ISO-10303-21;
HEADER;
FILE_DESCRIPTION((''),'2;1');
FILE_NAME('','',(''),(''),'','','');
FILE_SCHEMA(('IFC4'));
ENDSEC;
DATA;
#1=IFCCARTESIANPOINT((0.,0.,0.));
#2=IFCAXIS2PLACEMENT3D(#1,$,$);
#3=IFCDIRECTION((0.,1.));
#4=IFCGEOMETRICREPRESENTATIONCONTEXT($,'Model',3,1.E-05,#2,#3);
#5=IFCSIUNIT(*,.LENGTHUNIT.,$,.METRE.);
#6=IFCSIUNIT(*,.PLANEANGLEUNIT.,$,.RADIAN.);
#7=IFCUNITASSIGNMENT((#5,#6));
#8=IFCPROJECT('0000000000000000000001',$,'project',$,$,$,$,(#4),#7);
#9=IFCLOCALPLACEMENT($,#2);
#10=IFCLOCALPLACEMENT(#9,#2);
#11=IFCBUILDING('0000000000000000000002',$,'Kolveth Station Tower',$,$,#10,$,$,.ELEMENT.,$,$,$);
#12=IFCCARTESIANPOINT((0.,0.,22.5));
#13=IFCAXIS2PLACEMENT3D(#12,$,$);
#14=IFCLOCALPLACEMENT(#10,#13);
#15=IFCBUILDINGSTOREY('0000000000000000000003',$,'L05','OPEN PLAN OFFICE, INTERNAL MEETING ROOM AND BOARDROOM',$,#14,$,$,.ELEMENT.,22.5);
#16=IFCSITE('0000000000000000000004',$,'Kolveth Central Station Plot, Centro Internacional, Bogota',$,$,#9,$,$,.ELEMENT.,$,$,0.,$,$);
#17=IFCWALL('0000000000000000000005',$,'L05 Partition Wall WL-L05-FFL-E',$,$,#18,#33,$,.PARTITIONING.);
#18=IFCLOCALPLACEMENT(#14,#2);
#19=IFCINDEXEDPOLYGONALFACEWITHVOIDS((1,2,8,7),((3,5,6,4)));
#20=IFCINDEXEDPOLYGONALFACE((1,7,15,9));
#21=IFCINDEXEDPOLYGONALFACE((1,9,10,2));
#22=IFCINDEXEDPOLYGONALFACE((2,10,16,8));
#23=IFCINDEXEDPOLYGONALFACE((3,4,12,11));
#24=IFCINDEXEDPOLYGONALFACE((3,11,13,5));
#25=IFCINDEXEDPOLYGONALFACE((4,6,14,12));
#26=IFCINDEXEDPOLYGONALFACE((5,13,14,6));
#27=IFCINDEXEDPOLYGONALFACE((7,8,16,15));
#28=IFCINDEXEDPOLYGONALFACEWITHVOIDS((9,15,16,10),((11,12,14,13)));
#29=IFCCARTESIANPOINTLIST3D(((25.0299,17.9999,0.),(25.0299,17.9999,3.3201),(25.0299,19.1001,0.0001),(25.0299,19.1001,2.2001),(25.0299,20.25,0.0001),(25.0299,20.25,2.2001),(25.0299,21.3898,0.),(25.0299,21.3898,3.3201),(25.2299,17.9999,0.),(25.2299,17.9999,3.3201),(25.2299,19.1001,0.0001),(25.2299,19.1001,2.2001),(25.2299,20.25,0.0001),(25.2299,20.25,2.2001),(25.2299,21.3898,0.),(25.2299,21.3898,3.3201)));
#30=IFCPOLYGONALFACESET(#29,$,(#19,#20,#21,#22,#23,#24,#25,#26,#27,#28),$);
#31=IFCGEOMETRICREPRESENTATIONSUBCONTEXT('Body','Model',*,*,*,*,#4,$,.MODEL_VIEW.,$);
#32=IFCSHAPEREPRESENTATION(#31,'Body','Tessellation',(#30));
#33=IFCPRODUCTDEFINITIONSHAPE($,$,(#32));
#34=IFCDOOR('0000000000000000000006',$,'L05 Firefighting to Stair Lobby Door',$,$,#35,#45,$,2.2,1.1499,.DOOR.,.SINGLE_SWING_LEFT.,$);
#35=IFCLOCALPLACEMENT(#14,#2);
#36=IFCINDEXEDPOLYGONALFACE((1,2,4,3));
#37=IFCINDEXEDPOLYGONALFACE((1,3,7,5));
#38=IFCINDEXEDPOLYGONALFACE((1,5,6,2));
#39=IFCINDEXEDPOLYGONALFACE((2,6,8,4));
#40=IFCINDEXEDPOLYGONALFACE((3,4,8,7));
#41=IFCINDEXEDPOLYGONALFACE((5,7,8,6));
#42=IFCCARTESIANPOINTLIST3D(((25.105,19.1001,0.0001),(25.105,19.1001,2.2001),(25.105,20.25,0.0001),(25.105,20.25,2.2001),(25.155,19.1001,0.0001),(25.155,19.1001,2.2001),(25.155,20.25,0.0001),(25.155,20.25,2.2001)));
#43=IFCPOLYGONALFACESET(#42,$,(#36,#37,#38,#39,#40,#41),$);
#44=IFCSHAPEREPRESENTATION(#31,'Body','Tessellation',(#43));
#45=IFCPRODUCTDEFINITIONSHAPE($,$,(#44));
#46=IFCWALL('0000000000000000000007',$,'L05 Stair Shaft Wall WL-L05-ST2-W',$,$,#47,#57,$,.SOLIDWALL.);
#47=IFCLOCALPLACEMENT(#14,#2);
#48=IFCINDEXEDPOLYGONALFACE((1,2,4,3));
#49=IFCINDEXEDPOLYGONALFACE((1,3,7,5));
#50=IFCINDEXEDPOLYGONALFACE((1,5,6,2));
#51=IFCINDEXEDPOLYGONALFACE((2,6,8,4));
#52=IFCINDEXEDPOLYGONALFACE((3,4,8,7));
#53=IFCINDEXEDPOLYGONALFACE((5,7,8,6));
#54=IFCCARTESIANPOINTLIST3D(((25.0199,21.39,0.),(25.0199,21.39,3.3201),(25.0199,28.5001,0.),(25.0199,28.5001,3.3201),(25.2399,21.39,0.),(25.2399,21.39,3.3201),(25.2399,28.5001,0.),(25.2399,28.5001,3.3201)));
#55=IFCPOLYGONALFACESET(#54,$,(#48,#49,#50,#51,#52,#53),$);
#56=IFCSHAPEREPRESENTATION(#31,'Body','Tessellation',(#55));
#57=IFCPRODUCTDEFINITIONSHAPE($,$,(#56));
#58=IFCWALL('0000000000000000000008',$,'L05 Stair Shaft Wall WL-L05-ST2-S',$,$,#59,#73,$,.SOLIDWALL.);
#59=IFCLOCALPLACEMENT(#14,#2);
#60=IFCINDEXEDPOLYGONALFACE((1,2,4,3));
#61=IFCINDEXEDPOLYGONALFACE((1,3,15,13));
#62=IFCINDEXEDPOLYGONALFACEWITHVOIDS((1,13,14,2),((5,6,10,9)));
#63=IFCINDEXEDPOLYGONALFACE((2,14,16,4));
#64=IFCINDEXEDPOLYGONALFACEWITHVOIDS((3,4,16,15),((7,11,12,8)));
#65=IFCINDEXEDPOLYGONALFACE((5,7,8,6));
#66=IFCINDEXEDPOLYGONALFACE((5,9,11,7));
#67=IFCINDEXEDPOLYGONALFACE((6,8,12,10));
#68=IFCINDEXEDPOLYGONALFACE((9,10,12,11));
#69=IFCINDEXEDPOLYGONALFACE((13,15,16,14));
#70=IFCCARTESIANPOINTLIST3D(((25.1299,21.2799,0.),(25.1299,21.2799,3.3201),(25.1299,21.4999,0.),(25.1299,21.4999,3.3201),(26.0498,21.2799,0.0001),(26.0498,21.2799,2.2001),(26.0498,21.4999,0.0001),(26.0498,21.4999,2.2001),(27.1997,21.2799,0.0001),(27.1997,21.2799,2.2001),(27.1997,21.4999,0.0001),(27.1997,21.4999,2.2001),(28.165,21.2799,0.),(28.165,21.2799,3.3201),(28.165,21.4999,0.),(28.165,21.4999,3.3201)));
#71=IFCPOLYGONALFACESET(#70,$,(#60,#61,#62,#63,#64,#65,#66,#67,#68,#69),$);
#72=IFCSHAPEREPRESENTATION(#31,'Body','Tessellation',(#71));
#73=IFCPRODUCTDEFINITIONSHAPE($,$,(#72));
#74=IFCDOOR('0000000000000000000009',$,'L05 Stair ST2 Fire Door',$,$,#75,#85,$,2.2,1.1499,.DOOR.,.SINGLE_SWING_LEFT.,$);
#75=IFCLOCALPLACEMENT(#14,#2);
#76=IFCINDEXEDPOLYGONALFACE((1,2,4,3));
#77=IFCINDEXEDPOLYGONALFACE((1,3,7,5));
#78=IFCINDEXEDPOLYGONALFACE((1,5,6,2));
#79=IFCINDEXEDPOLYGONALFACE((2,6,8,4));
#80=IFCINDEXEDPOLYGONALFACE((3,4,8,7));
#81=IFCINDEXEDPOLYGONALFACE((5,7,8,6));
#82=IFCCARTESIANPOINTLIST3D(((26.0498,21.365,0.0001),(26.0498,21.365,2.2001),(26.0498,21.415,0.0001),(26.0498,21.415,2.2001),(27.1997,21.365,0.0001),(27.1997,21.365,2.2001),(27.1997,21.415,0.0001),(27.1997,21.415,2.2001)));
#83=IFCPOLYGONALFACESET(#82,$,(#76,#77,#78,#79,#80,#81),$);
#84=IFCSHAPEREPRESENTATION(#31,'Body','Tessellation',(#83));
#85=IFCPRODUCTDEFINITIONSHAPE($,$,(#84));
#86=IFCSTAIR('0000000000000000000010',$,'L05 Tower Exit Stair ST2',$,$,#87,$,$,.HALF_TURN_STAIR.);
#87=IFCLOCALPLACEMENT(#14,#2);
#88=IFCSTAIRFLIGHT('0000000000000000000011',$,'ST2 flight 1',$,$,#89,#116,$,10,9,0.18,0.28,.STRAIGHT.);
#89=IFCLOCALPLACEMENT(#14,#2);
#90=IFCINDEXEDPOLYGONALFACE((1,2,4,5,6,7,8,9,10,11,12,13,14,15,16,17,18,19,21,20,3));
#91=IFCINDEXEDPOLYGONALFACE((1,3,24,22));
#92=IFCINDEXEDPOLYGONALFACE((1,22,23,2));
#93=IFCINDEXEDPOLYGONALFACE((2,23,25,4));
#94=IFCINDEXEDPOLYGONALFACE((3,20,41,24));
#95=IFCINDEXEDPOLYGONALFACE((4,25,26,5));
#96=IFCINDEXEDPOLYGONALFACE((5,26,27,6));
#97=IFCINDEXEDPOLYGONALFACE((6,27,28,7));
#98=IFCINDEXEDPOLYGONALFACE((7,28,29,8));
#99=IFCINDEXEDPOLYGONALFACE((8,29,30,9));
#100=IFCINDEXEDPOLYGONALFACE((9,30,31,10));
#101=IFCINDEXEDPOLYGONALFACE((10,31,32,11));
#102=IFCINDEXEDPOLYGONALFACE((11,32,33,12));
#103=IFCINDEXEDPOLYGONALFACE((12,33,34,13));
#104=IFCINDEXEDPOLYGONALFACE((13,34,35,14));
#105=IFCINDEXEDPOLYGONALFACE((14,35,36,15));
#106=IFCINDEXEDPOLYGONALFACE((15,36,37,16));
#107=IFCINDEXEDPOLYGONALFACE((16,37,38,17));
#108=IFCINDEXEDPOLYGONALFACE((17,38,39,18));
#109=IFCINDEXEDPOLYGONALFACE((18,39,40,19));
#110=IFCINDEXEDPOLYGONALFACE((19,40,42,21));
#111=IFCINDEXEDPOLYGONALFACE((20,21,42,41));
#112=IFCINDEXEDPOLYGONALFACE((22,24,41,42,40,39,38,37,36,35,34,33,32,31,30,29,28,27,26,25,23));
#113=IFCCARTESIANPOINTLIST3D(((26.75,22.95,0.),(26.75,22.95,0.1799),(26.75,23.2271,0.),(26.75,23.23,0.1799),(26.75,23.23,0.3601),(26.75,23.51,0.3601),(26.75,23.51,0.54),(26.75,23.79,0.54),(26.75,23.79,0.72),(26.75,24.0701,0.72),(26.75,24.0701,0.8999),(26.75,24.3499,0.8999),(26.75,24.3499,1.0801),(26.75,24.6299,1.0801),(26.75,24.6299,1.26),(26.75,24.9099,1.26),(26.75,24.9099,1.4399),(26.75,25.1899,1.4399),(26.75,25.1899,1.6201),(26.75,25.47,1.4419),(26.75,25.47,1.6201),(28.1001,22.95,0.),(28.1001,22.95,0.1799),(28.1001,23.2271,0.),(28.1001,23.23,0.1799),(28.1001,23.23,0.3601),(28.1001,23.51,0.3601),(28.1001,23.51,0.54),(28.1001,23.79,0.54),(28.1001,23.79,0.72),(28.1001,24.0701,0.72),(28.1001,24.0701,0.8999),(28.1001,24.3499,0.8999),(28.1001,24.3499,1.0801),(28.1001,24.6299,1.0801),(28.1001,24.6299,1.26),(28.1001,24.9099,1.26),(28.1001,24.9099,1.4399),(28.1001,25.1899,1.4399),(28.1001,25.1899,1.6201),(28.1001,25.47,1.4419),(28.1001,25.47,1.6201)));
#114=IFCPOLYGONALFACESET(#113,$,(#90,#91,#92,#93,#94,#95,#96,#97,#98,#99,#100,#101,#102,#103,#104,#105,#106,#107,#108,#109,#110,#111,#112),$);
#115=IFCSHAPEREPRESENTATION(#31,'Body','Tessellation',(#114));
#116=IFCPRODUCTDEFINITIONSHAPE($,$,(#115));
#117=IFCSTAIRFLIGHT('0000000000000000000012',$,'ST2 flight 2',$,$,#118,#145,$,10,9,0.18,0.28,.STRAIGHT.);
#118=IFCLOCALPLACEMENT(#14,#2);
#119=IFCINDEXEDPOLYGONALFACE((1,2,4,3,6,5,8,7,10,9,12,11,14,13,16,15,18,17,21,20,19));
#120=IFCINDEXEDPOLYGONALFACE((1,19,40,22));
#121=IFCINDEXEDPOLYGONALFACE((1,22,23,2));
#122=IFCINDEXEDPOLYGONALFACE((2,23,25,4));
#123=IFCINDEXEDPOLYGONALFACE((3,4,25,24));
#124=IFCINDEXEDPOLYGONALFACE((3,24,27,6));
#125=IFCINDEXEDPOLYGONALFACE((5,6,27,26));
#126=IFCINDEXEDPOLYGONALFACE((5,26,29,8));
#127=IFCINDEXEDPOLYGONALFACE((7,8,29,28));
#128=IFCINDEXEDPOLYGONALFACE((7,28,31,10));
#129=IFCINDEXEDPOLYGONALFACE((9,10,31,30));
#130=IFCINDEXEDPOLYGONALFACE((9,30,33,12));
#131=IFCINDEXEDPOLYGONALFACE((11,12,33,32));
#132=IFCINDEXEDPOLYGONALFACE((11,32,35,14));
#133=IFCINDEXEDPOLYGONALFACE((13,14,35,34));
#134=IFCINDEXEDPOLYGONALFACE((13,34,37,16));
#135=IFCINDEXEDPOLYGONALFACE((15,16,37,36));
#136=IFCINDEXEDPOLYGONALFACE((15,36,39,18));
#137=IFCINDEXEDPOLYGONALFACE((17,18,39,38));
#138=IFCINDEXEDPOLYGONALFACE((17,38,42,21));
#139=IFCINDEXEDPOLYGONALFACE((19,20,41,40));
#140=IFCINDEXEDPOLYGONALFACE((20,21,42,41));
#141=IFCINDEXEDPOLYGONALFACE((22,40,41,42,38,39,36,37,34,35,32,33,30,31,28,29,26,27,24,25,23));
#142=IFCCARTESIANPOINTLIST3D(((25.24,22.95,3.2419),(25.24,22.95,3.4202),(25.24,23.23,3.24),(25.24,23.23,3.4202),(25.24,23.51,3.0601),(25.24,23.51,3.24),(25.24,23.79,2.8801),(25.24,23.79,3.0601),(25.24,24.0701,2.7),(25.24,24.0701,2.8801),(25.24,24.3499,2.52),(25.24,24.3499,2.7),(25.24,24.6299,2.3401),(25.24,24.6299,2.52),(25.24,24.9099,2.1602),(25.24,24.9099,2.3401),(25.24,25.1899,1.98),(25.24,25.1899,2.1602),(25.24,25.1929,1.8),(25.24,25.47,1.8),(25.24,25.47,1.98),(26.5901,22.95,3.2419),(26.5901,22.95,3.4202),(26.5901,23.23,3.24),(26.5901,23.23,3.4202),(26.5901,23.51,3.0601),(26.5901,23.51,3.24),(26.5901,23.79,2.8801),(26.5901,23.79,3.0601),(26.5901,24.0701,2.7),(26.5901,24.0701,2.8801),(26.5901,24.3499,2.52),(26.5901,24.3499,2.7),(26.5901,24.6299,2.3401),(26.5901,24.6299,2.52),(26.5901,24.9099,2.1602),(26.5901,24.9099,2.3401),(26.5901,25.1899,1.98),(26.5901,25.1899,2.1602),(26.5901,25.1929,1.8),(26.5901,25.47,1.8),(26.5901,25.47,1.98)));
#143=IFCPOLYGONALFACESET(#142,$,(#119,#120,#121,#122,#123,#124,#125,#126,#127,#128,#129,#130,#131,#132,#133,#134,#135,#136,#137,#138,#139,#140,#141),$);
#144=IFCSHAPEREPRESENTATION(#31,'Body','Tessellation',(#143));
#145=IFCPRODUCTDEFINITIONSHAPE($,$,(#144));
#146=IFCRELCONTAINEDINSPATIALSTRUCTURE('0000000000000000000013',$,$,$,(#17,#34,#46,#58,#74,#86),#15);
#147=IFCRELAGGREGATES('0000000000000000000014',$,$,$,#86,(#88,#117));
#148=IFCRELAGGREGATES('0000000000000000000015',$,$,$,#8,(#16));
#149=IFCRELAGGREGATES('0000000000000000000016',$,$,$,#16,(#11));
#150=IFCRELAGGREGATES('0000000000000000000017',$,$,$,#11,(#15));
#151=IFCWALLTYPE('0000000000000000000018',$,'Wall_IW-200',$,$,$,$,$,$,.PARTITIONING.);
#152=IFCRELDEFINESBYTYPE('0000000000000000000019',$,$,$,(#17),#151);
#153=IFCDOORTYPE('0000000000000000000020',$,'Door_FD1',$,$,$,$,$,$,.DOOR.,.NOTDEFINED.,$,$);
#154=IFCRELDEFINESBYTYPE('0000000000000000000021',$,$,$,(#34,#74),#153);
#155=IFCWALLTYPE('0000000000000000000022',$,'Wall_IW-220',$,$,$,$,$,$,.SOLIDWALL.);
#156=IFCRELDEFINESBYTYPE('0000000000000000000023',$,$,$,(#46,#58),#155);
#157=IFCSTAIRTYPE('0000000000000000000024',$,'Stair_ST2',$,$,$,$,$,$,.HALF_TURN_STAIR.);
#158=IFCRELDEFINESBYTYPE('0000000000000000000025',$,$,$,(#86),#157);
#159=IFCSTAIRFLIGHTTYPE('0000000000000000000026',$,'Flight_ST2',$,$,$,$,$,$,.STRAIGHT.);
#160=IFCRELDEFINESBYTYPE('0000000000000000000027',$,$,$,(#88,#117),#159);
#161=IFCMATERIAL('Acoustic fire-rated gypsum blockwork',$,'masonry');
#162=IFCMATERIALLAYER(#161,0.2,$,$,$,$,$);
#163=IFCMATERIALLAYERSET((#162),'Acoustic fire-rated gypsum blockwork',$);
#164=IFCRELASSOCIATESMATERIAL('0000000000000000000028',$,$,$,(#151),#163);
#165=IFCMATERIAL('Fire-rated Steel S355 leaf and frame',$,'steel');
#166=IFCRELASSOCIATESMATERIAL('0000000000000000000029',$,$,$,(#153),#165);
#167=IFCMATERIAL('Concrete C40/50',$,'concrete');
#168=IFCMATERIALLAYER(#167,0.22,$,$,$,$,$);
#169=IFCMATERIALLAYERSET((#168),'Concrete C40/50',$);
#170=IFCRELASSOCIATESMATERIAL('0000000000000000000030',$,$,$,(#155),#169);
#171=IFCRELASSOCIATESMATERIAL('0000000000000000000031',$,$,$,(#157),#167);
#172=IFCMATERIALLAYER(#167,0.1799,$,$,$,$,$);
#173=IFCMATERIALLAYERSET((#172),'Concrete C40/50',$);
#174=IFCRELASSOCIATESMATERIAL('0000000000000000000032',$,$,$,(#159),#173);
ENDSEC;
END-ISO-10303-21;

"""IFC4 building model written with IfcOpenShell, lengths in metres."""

from ifc_helpers import new_model, si_unit, direction, frame, frame_2d, origin, place, context, subcontext, project, spatial, polyline, rectangle, outline, extrude, material, layer, layer_set, type_object, element, fill, aggregate, save


model = new_model("IFC4")

# Units and contexts
model_context = context("Model", 3, precision=1e-05, world=origin(), true_north=direction((0.0, 1.0)))
body_context = subcontext(model_context, "Body", "Model", "MODEL_VIEW")
ifc_project = project(units=[si_unit("LENGTHUNIT", "METRE"), si_unit("PLANEANGLEUNIT", "RADIAN")], contexts=[model_context])

# Site, building, storey
site_placement = place(None, origin())
site = spatial("IfcSite", under=ifc_project, at=site_placement, Name="Kolveth Central Station Plot, Centro Internacional, Bogota", CompositionType="ELEMENT", RefElevation=0.0)
building_placement = place(site_placement, origin())
building = spatial("IfcBuilding", under=site, at=building_placement, Name="Kolveth Station Tower", CompositionType="ELEMENT")
storey_placement = place(building_placement, frame((0.0, 0.0, 22.5)))
storey = spatial("IfcBuildingStorey", under=building, at=storey_placement, Name="L05", Description="OPEN PLAN OFFICE, INTERNAL MEETING ROOM AND BOARDROOM", CompositionType="ELEMENT", Elevation=22.5)

# Wall, opening, door
ifc_material_1 = material(Name="Acoustic fire-rated gypsum blockwork", Category="masonry")
ifc_layer_1 = layer(ifc_material_1, 0.2)
ifc_layer_set_1 = layer_set([ifc_layer_1], Name="Acoustic fire-rated gypsum blockwork")
wall_type_1 = type_object("IfcWallType", Name="Wall_IW-200", PredefinedType="PARTITIONING", material=ifc_layer_set_1)
wall_1_placement = place(storey_placement, frame((25.1299, 18.0, 0.0), z_axis=(0.0, 0.0, 1.0), x_axis=(0.0, 1.0, 0.0)))
wall_1 = element("IfcWall", 1, at=wall_1_placement, inside=storey, type_object=wall_type_1, Name="L05 Partition Wall WL-L05-FFL-E", PredefinedType="PARTITIONING", context=body_context, shape_type="SweptSolid", body=[
    extrude(rectangle(XDim=3.3899, YDim=0.2, at=frame_2d((1.6948, 0.0))), origin(), (0.0, 0.0, 1.0), 3.3201),
])
opening_1_placement = place(wall_1_placement, frame((1.1001, 0.0, 0.0)))
opening_1 = element("IfcOpeningElement", 2, at=opening_1_placement, cuts=wall_1, PredefinedType="OPENING", context=body_context, shape_type="SweptSolid", body=[
    extrude(rectangle(XDim=1.1499, YDim=2.2, at=frame_2d((0.575, 1.1001))), frame((0.0, 0.1099, 0.0), z_axis=(0.0, -1.0, 0.0), x_axis=(1.0, 0.0, 0.0)), (0.0, 0.0, 1.0), 0.22),
])
ifc_material_2 = material(Name="Fire-rated Steel S355 leaf and frame", Category="steel")
door_type = type_object("IfcDoorType", Name="Door_FD1", OperationType="NOTDEFINED", PredefinedType="DOOR", material=ifc_material_2)
door_1_placement = place(opening_1_placement, origin())
door_1 = element("IfcDoor", 3, at=door_1_placement, inside=storey, type_object=door_type, Name="L05 Firefighting to Stair Lobby Door", OperationType="SINGLE_SWING_LEFT", OverallHeight=2.2, OverallWidth=1.1499, PredefinedType="DOOR", context=body_context, shape_type="SweptSolid", body=[
    extrude(rectangle(XDim=1.1499, YDim=2.2, at=frame_2d((0.575, 1.1001))), frame((0.0, 0.0249, 0.0), z_axis=(0.0, -1.0, 0.0), x_axis=(1.0, 0.0, 0.0)), (0.0, 0.0, 1.0), 0.05),
])
fill(opening_1, door_1)

# Wall
ifc_material_3 = material(Name="Concrete C40/50", Category="concrete")
ifc_layer_2 = layer(ifc_material_3, 0.22)
ifc_layer_set_2 = layer_set([ifc_layer_2], Name="Concrete C40/50")
wall_type_2 = type_object("IfcWallType", Name="Wall_IW-220", PredefinedType="SOLIDWALL", material=ifc_layer_set_2)
wall_2_placement = place(storey_placement, frame((25.1299, 21.3899, 0.0), z_axis=(0.0, 0.0, 1.0), x_axis=(0.0, 1.0, 0.0)))
element("IfcWall", 4, at=wall_2_placement, inside=storey, type_object=wall_type_2, Name="L05 Stair Shaft Wall WL-L05-ST2-W", PredefinedType="SOLIDWALL", context=body_context, shape_type="SweptSolid", body=[
    extrude(rectangle(XDim=7.1101, YDim=0.22, at=frame_2d((3.5552, 0.0))), origin(), (0.0, 0.0, 1.0), 3.3201),
])

# Wall, opening, door
wall_3_placement = place(storey_placement, frame((25.1299, 21.3899, 0.0), z_axis=(0.0, 0.0, 1.0), x_axis=(1.0, 0.0, 0.0)))
wall_3 = element("IfcWall", 5, at=wall_3_placement, inside=storey, type_object=wall_type_2, Name="L05 Stair Shaft Wall WL-L05-ST2-S", PredefinedType="SOLIDWALL", context=body_context, shape_type="SweptSolid", body=[
    extrude(rectangle(XDim=3.0352, YDim=0.22, at=frame_2d((1.5176, 0.0))), origin(), (0.0, 0.0, 1.0), 3.3201),
])
opening_2_placement = place(wall_3_placement, frame((0.9199, 0.0, 0.0)))
opening_2 = element("IfcOpeningElement", 6, at=opening_2_placement, cuts=wall_3, PredefinedType="OPENING", context=body_context, shape_type="SweptSolid", body=[
    extrude(rectangle(XDim=1.1499, YDim=2.2, at=frame_2d((0.575, 1.1001))), frame((0.0, 0.1199, 0.0), z_axis=(0.0, -1.0, 0.0), x_axis=(1.0, 0.0, 0.0)), (0.0, 0.0, 1.0), 0.24),
])
door_2_placement = place(opening_2_placement, frame((1.1499, 0.0, 0.0), z_axis=(0.0, 0.0, 1.0), x_axis=(-1.0, 0.0, 0.0)))
door_2 = element("IfcDoor", 7, at=door_2_placement, inside=storey, type_object=door_type, Name="L05 Stair ST2 Fire Door", OperationType="SINGLE_SWING_LEFT", OverallHeight=2.2, OverallWidth=1.1499, PredefinedType="DOOR", context=body_context, shape_type="SweptSolid", body=[
    extrude(rectangle(XDim=1.1499, YDim=2.2, at=frame_2d((0.575, 1.1001))), frame((0.0, 0.0249, 0.0), z_axis=(0.0, -1.0, 0.0), x_axis=(1.0, 0.0, 0.0)), (0.0, 0.0, 1.0), 0.05),
])
fill(opening_2, door_2)

# Stair, stair flights
stair_type = type_object("IfcStairType", Name="Stair_ST2", PredefinedType="HALF_TURN_STAIR", material=ifc_material_3)
stair_placement = place(storey_placement, origin())
stair = element("IfcStair", 8, at=stair_placement, inside=storey, type_object=stair_type, Name="L05 Tower Exit Stair ST2", PredefinedType="HALF_TURN_STAIR")
ifc_layer_3 = layer(ifc_material_3, 0.1799)
ifc_layer_set_3 = layer_set([ifc_layer_3], Name="Concrete C40/50")
stair_flight_type = type_object("IfcStairFlightType", Name="Flight_ST2", PredefinedType="STRAIGHT", material=ifc_layer_set_3)
stair_flight_1_placement = place(storey_placement, frame((27.425, 22.95, 0.0), z_axis=(0.0, 0.0, 1.0), x_axis=(0.0, 1.0, 0.0)))
stair_flight_1 = element("IfcStairFlight", 9, at=stair_flight_1_placement, type_object=stair_flight_type, Name="ST2 flight 1", NumberOfRisers=10, NumberOfTreads=9, PredefinedType="STRAIGHT", RiserHeight=0.18, TreadLength=0.28, context=body_context, shape_type="SweptSolid", body=[
    extrude(outline(polyline([(0.0, 0.0), (0.0, 0.1799), (0.28, 0.1799), (0.28, 0.3601), (0.5601, 0.3601), (0.5601, 0.54), (0.8401, 0.54), (0.8401, 0.72), (1.1201, 0.72), (1.1201, 0.8999), (1.3999, 0.8999), (1.3999, 1.0801), (1.6799, 1.0801), (1.6799, 1.26), (1.96, 1.26), (1.96, 1.4399), (2.24, 1.4399), (2.24, 1.6201), (2.52, 1.6201), (2.52, 1.8), (2.52, 1.4419), (0.2771, 0.0), (0.0, 0.0)])), frame((0.0, 0.675, 0.0), z_axis=(0.0, -1.0, 0.0), x_axis=(1.0, 0.0, 0.0)), (0.0, 0.0, 1.0), 1.3501),
])
stair_flight_2_placement = place(storey_placement, frame((25.915, 25.47, 1.8), z_axis=(0.0, 0.0, 1.0), x_axis=(0.0, -1.0, 0.0)))
stair_flight_2 = element("IfcStairFlight", 10, at=stair_flight_2_placement, type_object=stair_flight_type, Name="ST2 flight 2", NumberOfRisers=10, NumberOfTreads=9, PredefinedType="STRAIGHT", RiserHeight=0.18, TreadLength=0.28, context=body_context, shape_type="SweptSolid", body=[
    extrude(outline(polyline([(0.0, 0.0), (0.0, 0.1799), (0.28, 0.1799), (0.28, 0.3601), (0.5601, 0.3601), (0.5601, 0.54), (0.8401, 0.54), (0.8401, 0.72), (1.1201, 0.72), (1.1201, 0.8999), (1.3999, 0.8999), (1.3999, 1.0801), (1.6799, 1.0801), (1.6799, 1.26), (1.96, 1.26), (1.96, 1.4399), (2.24, 1.4399), (2.24, 1.6201), (2.52, 1.6201), (2.52, 1.8), (2.52, 1.4419), (0.2771, 0.0), (0.0, 0.0)])), frame((0.0, 0.675, 0.0), z_axis=(0.0, -1.0, 0.0), x_axis=(1.0, 0.0, 0.0)), (0.0, 0.0, 1.0), 1.3501),
])
aggregate(stair, [stair_flight_1, stair_flight_2])

save(model, "model.ifc")
